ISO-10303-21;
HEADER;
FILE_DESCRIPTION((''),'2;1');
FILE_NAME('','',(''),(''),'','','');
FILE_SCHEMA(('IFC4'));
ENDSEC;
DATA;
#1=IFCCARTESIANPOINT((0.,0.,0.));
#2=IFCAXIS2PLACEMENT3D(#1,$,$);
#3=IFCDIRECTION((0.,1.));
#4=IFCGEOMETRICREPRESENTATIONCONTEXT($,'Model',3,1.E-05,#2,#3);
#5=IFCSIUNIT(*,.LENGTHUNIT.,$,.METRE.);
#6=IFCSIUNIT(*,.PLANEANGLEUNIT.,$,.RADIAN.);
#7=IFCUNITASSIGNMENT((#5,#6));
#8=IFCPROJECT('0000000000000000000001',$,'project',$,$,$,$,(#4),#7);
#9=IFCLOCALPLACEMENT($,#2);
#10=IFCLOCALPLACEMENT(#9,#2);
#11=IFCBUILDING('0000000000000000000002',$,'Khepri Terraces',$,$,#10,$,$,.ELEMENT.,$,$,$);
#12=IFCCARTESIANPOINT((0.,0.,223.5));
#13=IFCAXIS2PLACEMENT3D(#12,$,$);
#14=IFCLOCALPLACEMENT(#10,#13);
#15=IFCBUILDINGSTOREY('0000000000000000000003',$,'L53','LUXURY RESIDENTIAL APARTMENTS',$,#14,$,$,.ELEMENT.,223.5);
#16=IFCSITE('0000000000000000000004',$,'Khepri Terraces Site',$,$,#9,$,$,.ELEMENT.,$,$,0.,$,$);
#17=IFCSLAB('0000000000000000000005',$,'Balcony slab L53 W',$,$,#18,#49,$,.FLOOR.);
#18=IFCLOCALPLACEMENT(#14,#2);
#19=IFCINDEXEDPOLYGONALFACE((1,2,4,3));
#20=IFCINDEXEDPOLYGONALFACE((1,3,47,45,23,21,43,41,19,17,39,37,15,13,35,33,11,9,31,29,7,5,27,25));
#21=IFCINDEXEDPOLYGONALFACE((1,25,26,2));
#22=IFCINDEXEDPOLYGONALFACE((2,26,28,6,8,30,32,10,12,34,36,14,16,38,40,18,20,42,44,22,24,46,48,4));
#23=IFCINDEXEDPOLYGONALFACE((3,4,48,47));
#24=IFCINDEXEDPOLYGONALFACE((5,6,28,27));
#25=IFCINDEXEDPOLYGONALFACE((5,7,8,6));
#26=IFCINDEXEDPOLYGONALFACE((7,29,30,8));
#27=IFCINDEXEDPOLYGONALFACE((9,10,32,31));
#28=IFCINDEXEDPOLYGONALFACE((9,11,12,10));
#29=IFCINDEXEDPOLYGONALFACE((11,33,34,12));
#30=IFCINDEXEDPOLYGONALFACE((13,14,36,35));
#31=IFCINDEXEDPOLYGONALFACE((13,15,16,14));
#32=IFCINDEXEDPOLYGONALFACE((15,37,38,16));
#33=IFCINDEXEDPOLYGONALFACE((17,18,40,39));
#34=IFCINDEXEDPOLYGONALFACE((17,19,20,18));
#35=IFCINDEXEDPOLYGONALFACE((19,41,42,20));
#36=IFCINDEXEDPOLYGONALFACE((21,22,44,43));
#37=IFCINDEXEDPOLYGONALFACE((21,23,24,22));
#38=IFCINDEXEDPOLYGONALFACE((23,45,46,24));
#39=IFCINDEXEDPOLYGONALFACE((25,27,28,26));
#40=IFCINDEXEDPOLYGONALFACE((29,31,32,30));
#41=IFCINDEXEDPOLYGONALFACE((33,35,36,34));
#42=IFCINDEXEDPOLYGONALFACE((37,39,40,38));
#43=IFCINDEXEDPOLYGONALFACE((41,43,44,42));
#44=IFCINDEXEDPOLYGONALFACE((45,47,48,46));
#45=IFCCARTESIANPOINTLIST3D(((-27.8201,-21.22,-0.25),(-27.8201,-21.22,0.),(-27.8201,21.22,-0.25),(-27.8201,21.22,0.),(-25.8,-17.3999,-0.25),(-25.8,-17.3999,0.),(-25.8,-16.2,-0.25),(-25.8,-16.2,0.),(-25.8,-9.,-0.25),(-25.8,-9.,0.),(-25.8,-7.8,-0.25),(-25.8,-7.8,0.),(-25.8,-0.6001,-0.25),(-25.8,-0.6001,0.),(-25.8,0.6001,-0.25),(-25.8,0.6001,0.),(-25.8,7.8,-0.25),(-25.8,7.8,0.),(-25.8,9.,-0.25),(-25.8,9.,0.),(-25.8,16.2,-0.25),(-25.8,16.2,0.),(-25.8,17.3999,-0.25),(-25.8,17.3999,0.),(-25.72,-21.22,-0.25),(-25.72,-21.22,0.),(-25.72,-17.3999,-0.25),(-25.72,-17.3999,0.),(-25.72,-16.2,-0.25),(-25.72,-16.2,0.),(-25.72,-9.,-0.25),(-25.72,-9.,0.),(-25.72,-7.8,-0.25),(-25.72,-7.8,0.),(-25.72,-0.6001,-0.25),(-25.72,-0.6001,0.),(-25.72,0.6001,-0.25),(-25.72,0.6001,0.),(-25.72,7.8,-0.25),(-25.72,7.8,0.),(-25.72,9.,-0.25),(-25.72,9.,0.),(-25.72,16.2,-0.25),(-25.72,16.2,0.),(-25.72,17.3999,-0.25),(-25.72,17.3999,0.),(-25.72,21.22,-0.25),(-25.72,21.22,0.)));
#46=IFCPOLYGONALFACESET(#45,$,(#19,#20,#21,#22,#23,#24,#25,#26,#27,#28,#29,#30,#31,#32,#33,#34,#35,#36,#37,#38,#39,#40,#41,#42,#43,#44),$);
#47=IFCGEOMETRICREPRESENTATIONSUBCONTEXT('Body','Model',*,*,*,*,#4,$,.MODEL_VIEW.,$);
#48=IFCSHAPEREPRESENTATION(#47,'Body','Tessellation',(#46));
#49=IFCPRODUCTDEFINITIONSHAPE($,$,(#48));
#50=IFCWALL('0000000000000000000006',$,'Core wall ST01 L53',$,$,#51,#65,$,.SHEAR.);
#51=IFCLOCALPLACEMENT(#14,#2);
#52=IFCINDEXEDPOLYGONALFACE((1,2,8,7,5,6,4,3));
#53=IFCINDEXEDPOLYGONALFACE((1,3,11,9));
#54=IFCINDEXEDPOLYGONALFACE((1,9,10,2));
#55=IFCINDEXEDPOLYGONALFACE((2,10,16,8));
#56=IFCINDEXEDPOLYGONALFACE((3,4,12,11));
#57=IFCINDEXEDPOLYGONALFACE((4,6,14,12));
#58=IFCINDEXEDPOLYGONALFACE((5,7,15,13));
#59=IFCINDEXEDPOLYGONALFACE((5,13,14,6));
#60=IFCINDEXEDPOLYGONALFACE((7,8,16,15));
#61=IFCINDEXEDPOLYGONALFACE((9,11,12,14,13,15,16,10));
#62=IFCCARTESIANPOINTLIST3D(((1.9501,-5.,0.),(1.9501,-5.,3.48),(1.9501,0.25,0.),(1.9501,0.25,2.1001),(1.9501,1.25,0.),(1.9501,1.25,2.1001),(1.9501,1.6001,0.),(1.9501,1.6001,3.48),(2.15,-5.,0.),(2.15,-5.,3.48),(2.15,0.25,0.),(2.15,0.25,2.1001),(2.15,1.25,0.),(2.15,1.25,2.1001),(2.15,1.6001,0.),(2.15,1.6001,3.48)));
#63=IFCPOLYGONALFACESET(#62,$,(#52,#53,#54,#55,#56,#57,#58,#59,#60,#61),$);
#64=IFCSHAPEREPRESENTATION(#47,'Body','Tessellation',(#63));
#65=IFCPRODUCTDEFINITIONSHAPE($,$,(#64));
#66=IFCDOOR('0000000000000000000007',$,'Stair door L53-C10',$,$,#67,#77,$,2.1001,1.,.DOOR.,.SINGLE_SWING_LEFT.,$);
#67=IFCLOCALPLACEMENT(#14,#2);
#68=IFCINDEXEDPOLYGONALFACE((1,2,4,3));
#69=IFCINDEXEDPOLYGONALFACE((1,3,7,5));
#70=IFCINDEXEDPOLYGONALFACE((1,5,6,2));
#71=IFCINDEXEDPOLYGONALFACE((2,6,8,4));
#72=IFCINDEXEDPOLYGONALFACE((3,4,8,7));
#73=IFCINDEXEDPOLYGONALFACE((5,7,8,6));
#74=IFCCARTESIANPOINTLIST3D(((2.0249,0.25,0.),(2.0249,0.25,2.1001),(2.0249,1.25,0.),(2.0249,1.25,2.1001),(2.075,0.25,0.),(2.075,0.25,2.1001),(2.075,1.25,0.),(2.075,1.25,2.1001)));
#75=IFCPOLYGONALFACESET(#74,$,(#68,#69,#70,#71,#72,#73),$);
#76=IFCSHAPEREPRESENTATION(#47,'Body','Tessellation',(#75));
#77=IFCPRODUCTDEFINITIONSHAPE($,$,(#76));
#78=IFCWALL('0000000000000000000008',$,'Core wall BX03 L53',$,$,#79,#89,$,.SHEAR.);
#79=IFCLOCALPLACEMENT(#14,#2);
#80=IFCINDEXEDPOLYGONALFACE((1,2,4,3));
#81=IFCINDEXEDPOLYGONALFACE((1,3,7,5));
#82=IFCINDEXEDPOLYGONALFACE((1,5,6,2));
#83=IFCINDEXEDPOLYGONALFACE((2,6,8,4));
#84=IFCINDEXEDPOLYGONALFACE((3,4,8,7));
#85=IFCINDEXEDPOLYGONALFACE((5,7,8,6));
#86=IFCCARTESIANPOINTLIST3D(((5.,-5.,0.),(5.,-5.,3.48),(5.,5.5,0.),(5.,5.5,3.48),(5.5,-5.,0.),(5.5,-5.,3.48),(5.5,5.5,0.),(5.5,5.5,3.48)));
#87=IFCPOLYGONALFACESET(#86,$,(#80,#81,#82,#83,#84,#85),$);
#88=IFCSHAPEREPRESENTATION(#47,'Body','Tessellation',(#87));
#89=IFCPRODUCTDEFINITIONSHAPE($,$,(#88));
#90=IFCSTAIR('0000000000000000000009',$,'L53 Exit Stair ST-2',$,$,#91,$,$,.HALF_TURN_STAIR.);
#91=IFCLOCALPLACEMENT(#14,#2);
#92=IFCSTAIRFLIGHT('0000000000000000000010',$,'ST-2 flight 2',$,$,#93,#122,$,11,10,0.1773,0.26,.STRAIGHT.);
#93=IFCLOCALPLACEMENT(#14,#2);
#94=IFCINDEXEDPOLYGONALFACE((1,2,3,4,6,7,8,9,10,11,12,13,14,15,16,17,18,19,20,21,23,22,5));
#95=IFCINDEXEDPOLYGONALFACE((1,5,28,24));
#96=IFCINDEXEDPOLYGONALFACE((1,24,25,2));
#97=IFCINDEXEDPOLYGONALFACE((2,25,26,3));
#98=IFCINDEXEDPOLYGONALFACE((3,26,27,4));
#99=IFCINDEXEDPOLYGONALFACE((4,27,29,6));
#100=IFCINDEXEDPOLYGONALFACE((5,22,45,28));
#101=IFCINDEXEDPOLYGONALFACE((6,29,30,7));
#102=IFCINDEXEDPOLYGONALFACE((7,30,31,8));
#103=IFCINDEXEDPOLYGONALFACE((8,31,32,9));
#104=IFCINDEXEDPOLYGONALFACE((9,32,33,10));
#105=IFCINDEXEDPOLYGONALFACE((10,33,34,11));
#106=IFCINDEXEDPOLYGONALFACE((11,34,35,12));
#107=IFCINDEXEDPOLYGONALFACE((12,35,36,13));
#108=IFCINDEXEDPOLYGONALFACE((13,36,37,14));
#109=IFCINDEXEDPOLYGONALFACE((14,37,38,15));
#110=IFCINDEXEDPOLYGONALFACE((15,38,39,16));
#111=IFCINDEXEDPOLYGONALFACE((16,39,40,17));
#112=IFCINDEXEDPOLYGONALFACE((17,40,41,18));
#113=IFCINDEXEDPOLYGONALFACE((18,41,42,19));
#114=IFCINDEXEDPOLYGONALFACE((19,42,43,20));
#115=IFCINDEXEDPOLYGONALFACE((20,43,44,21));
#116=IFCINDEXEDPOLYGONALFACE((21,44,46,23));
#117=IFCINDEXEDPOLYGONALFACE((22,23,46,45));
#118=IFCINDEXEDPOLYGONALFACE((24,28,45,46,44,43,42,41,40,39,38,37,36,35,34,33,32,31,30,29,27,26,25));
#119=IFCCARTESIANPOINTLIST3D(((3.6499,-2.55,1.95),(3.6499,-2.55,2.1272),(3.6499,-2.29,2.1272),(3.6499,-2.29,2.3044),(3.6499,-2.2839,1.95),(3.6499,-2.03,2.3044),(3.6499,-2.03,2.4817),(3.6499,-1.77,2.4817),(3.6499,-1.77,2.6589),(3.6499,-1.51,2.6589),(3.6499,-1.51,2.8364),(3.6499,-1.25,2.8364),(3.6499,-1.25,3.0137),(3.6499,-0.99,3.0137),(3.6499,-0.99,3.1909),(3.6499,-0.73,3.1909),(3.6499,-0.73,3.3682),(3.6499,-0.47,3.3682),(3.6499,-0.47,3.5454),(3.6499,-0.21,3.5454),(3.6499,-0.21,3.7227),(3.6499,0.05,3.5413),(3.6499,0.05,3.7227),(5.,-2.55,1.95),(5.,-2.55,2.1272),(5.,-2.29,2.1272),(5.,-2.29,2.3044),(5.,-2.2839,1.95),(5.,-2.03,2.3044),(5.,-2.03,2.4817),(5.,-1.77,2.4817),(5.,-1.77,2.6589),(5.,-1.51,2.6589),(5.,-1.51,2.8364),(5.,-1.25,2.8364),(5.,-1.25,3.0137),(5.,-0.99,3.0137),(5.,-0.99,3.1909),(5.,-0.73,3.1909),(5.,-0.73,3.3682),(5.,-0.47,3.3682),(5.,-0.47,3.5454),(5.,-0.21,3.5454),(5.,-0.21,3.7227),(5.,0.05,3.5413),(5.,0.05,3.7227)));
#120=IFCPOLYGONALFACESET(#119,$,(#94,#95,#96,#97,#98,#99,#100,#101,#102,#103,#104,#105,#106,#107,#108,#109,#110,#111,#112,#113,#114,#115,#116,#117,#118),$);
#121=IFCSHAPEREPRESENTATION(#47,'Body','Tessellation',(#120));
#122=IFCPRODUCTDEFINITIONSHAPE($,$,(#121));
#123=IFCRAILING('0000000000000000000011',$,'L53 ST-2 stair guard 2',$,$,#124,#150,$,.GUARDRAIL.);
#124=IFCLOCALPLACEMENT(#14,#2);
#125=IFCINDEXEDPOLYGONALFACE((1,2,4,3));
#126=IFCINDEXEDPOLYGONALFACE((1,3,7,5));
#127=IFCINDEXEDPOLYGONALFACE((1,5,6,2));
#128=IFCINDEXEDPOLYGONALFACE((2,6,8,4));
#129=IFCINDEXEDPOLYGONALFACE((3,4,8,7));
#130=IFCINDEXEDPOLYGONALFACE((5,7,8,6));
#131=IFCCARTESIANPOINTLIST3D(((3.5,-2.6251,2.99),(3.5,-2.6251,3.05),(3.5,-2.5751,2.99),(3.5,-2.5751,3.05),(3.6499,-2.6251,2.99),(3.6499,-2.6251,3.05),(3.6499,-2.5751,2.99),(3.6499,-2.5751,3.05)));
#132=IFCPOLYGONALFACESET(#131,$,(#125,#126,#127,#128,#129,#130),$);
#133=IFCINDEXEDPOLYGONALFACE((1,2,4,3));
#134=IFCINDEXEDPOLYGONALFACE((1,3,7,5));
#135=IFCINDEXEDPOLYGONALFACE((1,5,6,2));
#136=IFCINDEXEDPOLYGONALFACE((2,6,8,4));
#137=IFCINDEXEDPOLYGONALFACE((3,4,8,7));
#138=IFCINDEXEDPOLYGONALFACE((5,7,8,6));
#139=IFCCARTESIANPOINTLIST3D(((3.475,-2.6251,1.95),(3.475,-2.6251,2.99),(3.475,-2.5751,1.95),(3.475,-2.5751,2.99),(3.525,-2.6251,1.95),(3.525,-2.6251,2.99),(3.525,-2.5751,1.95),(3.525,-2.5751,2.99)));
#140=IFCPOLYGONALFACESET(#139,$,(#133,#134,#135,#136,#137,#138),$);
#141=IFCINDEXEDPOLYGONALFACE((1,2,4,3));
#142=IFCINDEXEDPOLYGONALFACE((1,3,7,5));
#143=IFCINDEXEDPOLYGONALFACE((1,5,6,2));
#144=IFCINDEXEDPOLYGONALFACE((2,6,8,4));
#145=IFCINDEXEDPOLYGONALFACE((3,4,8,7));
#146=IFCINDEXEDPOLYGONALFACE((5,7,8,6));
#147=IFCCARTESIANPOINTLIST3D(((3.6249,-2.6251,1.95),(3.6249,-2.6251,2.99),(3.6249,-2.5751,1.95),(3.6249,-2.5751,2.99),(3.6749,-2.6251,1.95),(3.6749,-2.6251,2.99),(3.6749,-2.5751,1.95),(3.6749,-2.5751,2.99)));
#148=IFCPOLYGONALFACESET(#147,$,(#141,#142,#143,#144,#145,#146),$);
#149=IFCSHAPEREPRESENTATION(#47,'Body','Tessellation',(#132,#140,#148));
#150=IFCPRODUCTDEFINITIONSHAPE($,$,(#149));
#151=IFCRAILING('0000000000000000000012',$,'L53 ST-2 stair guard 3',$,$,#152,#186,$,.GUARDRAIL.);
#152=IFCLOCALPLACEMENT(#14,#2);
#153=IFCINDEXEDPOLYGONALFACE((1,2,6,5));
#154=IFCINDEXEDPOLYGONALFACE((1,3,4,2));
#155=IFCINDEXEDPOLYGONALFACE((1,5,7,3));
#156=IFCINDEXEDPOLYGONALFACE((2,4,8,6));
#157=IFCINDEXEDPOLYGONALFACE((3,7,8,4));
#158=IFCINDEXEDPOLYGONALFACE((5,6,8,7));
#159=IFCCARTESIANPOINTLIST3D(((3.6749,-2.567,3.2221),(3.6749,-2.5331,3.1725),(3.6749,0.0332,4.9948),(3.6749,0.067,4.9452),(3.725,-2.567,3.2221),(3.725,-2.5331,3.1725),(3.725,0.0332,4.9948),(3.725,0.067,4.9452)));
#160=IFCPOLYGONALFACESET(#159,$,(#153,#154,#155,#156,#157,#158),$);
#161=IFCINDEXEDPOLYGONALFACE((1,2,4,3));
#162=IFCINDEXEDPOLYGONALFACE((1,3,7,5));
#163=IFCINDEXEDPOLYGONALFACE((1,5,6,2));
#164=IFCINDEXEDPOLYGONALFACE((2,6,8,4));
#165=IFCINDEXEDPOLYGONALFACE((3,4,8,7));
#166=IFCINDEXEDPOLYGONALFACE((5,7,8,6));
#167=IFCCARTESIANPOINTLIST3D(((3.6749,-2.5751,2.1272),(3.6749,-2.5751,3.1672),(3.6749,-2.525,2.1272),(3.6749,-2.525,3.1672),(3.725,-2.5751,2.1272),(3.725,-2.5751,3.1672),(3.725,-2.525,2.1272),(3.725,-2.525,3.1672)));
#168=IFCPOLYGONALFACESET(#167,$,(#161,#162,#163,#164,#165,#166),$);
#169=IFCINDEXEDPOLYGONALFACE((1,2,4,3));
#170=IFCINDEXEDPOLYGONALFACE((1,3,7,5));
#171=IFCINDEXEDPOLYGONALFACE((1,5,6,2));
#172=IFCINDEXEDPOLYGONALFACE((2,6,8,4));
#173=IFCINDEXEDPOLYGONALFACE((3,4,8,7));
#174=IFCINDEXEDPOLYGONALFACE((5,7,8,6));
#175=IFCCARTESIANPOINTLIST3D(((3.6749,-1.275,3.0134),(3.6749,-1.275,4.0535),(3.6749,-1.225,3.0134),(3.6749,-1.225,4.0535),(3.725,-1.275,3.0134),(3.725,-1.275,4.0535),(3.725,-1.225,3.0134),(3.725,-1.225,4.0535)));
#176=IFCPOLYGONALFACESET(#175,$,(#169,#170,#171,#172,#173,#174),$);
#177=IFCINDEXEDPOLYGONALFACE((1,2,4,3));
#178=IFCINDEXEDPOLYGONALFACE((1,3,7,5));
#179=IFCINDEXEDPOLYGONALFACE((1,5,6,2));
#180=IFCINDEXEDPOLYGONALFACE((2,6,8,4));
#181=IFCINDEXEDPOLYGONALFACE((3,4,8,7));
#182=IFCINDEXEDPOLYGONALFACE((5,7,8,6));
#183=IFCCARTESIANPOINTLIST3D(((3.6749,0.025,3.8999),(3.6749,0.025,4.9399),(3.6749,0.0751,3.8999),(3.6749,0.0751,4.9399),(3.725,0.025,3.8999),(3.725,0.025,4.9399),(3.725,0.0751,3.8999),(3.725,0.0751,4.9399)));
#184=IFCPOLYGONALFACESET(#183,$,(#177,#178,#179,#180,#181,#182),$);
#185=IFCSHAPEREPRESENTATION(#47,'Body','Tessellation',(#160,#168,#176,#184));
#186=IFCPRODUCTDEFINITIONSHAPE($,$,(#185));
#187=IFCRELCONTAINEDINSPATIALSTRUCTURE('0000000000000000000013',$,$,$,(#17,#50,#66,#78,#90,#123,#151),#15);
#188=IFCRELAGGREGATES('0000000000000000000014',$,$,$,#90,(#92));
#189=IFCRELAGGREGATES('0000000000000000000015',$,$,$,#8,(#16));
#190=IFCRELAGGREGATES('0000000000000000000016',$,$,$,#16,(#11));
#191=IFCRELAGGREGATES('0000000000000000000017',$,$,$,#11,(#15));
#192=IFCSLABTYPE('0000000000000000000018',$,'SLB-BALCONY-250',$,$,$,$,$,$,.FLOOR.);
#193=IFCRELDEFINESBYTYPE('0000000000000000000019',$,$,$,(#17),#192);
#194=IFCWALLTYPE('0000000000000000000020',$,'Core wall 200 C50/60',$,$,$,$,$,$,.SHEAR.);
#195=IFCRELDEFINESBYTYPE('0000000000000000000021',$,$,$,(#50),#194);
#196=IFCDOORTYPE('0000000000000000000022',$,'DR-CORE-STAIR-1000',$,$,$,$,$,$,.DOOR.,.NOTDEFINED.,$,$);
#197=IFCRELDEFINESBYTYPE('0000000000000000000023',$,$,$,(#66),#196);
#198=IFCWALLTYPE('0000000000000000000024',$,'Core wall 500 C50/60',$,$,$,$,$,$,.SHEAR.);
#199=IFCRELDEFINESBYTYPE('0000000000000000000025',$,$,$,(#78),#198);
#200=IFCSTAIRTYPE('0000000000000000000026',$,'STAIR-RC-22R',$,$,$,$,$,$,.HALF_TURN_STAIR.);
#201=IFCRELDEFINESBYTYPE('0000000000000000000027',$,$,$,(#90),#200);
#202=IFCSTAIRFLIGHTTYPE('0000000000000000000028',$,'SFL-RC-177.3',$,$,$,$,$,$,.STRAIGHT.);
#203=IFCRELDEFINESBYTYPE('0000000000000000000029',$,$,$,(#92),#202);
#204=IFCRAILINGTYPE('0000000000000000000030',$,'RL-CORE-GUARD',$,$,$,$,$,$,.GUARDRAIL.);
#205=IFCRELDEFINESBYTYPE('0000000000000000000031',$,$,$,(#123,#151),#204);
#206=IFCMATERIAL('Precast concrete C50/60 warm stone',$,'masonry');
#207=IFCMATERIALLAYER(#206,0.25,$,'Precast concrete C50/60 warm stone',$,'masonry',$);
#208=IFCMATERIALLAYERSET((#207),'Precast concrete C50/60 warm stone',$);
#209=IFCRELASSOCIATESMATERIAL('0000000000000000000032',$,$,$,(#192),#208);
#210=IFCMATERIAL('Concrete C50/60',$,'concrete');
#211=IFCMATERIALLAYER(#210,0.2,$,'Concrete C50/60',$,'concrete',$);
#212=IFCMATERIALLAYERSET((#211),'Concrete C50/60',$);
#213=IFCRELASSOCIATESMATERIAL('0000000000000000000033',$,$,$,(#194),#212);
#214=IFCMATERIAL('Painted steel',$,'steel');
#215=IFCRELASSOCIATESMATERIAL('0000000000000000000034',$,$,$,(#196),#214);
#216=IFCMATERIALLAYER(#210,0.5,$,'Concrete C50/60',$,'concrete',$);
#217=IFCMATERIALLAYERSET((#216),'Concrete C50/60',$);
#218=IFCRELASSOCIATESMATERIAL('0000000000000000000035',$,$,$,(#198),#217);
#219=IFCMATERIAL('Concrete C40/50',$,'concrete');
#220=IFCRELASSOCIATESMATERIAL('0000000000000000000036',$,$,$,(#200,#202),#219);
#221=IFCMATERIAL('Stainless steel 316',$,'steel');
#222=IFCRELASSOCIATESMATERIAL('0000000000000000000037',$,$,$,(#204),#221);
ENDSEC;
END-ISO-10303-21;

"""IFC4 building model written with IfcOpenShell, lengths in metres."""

from ifc_helpers import new_model, si_unit, direction, frame, frame_2d, origin, origin_2d, place, context, subcontext, project, spatial, polyline, rectangle, outline, extrude, material, layer, layer_set, type_object, element, fill, aggregate, save


model = new_model("IFC4")

# Units and contexts
model_context = context("Model", 3, precision=1e-05, world=origin(), true_north=direction((0.0, 1.0)))
body_context = subcontext(model_context, "Body", "Model", "MODEL_VIEW")
ifc_project = project(units=[si_unit("LENGTHUNIT", "METRE"), si_unit("PLANEANGLEUNIT", "RADIAN")], contexts=[model_context])

# Site, building, storey
site_placement = place(None, origin())
site = spatial("IfcSite", under=ifc_project, at=site_placement, Name="Khepri Terraces Site", CompositionType="ELEMENT", RefElevation=0.0)
building_placement = place(site_placement, origin())
building = spatial("IfcBuilding", under=site, at=building_placement, Name="Khepri Terraces", CompositionType="ELEMENT")
storey_placement = place(building_placement, frame((0.0, 0.0, 223.5)))
storey = spatial("IfcBuildingStorey", under=building, at=storey_placement, Name="L53", Description="LUXURY RESIDENTIAL APARTMENTS", CompositionType="ELEMENT", Elevation=223.5)

# Slab
ifc_material_1 = material(Name="Concrete C40/50", Category="concrete")
ifc_material_2 = material(Name="Precast concrete C50/60 warm stone", Category="masonry")
ifc_layer_1 = layer(ifc_material_2, 0.25, Name="Precast concrete C50/60 warm stone", Category="masonry")
ifc_layer_set_1 = layer_set([ifc_layer_1], Name="Precast concrete C50/60 warm stone")
slab_type_1 = type_object("IfcSlabType", Name="SLB-BALCONY-250", PredefinedType="FLOOR", material=ifc_layer_set_1)
slab_1_placement = place(storey_placement, frame((0.0, 0.0, -0.25)))
element("IfcSlab", 1, at=slab_1_placement, inside=storey, type_object=slab_type_1, Name="Balcony slab L53 W", PredefinedType="FLOOR", context=body_context, shape_type="SweptSolid", body=[
    extrude(outline(polyline([(-25.72, 17.3999), (-25.72, 21.22), (-27.8201, 21.22), (-27.8201, -21.22), (-25.72, -21.22), (-25.72, -17.3999), (-25.8, -17.3999), (-25.8, -16.2), (-25.72, -16.2), (-25.72, -9.0), (-25.8, -9.0), (-25.8, -7.8), (-25.72, -7.8), (-25.72, -0.6001), (-25.8, -0.6001), (-25.8, 0.6001), (-25.72, 0.6001), (-25.72, 7.8), (-25.8, 7.8), (-25.8, 9.0), (-25.72, 9.0), (-25.72, 16.2), (-25.8, 16.2), (-25.8, 17.3999), (-25.72, 17.3999)])), origin(), (0.0, 0.0, 1.0), 0.25),
])

# Wall, opening, door
ifc_material_3 = material(Name="Concrete C50/60", Category="concrete")
ifc_layer_2 = layer(ifc_material_3, 0.2, Name="Concrete C50/60", Category="concrete")
ifc_layer_set_2 = layer_set([ifc_layer_2], Name="Concrete C50/60")
wall_type_1 = type_object("IfcWallType", Name="Core wall 200 C50/60", PredefinedType="SHEAR", material=ifc_layer_set_2)
wall_1_placement = place(storey_placement, frame((2.05, -5.0, 0.0), z_axis=(0.0, 0.0, 1.0), x_axis=(0.0, 1.0, 0.0)))
wall_1 = element("IfcWall", 2, at=wall_1_placement, inside=storey, type_object=wall_type_1, Name="Core wall ST01 L53", PredefinedType="SHEAR", context=body_context, shape_type="SweptSolid", body=[
    extrude(rectangle(XDim=6.6001, YDim=0.2, at=frame_2d((3.3, 0.0))), origin(), (0.0, 0.0, 1.0), 3.48),
])
opening_placement = place(wall_1_placement, frame((5.25, 0.0, 0.0)))
opening = element("IfcOpeningElement", 3, at=opening_placement, cuts=wall_1, PredefinedType="OPENING", context=body_context, shape_type="SweptSolid", body=[
    extrude(rectangle(XDim=1.0, YDim=2.1001, at=frame_2d((0.5, 1.05))), frame((0.0, 0.1099, 0.0), z_axis=(0.0, -1.0, 0.0), x_axis=(1.0, 0.0, 0.0)), (0.0, 0.0, 1.0), 0.22),
])
ifc_material_4 = material(Name="Painted steel", Category="steel")
door_type = type_object("IfcDoorType", Name="DR-CORE-STAIR-1000", OperationType="NOTDEFINED", PredefinedType="DOOR", material=ifc_material_4)
door_placement = place(opening_placement, frame((1.0, 0.0, 0.0), z_axis=(0.0, 0.0, 1.0), x_axis=(-1.0, 0.0, 0.0)))
door = element("IfcDoor", 4, at=door_placement, inside=storey, type_object=door_type, Name="Stair door L53-C10", OperationType="SINGLE_SWING_LEFT", OverallHeight=2.1001, OverallWidth=1.0, PredefinedType="DOOR", context=body_context, shape_type="SweptSolid", body=[
    extrude(rectangle(XDim=1.0, YDim=2.1001, at=frame_2d((0.5, 1.05))), frame((0.0, 0.0249, 0.0), z_axis=(0.0, -1.0, 0.0), x_axis=(1.0, 0.0, 0.0)), (0.0, 0.0, 1.0), 0.05),
])
fill(opening, door)

# Wall
ifc_layer_3 = layer(ifc_material_3, 0.5, Name="Concrete C50/60", Category="concrete")
ifc_layer_set_3 = layer_set([ifc_layer_3], Name="Concrete C50/60")
wall_type_2 = type_object("IfcWallType", Name="Core wall 500 C50/60", PredefinedType="SHEAR", material=ifc_layer_set_3)
wall_2_placement = place(storey_placement, frame((5.25, -5.0, 0.0), z_axis=(0.0, 0.0, 1.0), x_axis=(0.0, 1.0, 0.0)))
element("IfcWall", 5, at=wall_2_placement, inside=storey, type_object=wall_type_2, Name="Core wall BX03 L53", PredefinedType="SHEAR", context=body_context, shape_type="SweptSolid", body=[
    extrude(rectangle(XDim=10.5, YDim=0.5, at=frame_2d((5.25, 0.0))), origin(), (0.0, 0.0, 1.0), 3.48),
])

# Stair, stair flight
stair_type = type_object("IfcStairType", Name="STAIR-RC-22R", PredefinedType="HALF_TURN_STAIR", material=ifc_material_1)
stair_placement = place(storey_placement, origin())
stair = element("IfcStair", 6, at=stair_placement, inside=storey, type_object=stair_type, Name="L53 Exit Stair ST-2", PredefinedType="HALF_TURN_STAIR")
stair_flight_type = type_object("IfcStairFlightType", Name="SFL-RC-177.3", PredefinedType="STRAIGHT", material=ifc_material_1)
stair_flight_placement = place(storey_placement, frame((4.325, -2.55, 1.95), z_axis=(0.0, 0.0, 1.0), x_axis=(0.0, 1.0, 0.0)))
stair_flight = element("IfcStairFlight", 7, at=stair_flight_placement, type_object=stair_flight_type, Name="ST-2 flight 2", NumberOfRisers=11, NumberOfTreads=10, PredefinedType="STRAIGHT", RiserHeight=0.1773, TreadLength=0.26, context=body_context, shape_type="SweptSolid", body=[
    extrude(outline(polyline([(0.0, 0.0), (0.0, 0.1772), (0.26, 0.1772), (0.26, 0.3545), (0.52, 0.3545), (0.52, 0.5317), (0.78, 0.5317), (0.78, 0.709), (1.04, 0.709), (1.04, 0.8865), (1.3, 0.8865), (1.3, 1.0637), (1.5601, 1.0637), (1.5601, 1.241), (1.8201, 1.241), (1.8201, 1.4182), (2.0801, 1.4182), (2.0801, 1.5955), (2.3401, 1.5955), (2.3401, 1.7727), (2.6001, 1.7727), (2.6001, 1.95), (2.6001, 1.5913), (0.2661, 0.0), (0.0, 0.0)])), frame((0.0, 0.675, 0.0), z_axis=(0.0, -1.0, 0.0), x_axis=(1.0, 0.0, 0.0)), (0.0, 0.0, 1.0), 1.3501),
])
aggregate(stair, [stair_flight])

# Railings
ifc_material_5 = material(Name="Stainless steel 316", Category="steel")
railing_type_1 = type_object("IfcRailingType", Name="RL-CORE-GUARD", PredefinedType="GUARDRAIL", material=ifc_material_5)
railing_1_placement = place(storey_placement, frame((3.5, -2.6001, 1.95)))
element("IfcRailing", 8, at=railing_1_placement, inside=storey, type_object=railing_type_1, Name="L53 ST-2 stair guard 2", PredefinedType="GUARDRAIL", context=body_context, shape_type="SweptSolid", body=[
    extrude(rectangle(XDim=0.05, YDim=0.0601, at=origin_2d()), frame((0.0, 0.0, 1.0701), z_axis=(1.0, 0.0, 0.0), x_axis=(0.0, 1.0, 0.0)), (0.0, 0.0, 1.0), 0.1499),
    extrude(rectangle(XDim=0.05, YDim=0.05, at=origin_2d()), origin(), (0.0, 0.0, 1.0), 1.04),
    extrude(rectangle(XDim=0.05, YDim=0.05, at=origin_2d()), frame((0.1499, 0.0, 0.0)), (0.0, 0.0, 1.0), 1.04),
])
railing_2_placement = place(storey_placement, frame((3.7, -2.55, 2.1272)))
element("IfcRailing", 9, at=railing_2_placement, inside=storey, type_object=railing_type_1, Name="L53 ST-2 stair guard 3", PredefinedType="GUARDRAIL", context=body_context, shape_type="SweptSolid", body=[
    extrude(rectangle(XDim=0.05, YDim=0.0601, at=origin_2d()), frame((0.0, 0.0, 1.0701), z_axis=(0.0, 0.82624, 0.563318), x_axis=(-1.0, 0.0, 0.0)), (0.0, 0.0, 1.0), 3.147),
    extrude(rectangle(XDim=0.05, YDim=0.05, at=origin_2d()), origin(), (0.0, 0.0, 1.0), 1.04),
    extrude(rectangle(XDim=0.05, YDim=0.05, at=origin_2d()), frame((0.0, 1.3, 0.8862)), (0.0, 0.0, 1.0), 1.04),
    extrude(rectangle(XDim=0.05, YDim=0.05, at=origin_2d()), frame((0.0, 2.6001, 1.7727)), (0.0, 0.0, 1.0), 1.04),
])

save(model, "model.ifc")
